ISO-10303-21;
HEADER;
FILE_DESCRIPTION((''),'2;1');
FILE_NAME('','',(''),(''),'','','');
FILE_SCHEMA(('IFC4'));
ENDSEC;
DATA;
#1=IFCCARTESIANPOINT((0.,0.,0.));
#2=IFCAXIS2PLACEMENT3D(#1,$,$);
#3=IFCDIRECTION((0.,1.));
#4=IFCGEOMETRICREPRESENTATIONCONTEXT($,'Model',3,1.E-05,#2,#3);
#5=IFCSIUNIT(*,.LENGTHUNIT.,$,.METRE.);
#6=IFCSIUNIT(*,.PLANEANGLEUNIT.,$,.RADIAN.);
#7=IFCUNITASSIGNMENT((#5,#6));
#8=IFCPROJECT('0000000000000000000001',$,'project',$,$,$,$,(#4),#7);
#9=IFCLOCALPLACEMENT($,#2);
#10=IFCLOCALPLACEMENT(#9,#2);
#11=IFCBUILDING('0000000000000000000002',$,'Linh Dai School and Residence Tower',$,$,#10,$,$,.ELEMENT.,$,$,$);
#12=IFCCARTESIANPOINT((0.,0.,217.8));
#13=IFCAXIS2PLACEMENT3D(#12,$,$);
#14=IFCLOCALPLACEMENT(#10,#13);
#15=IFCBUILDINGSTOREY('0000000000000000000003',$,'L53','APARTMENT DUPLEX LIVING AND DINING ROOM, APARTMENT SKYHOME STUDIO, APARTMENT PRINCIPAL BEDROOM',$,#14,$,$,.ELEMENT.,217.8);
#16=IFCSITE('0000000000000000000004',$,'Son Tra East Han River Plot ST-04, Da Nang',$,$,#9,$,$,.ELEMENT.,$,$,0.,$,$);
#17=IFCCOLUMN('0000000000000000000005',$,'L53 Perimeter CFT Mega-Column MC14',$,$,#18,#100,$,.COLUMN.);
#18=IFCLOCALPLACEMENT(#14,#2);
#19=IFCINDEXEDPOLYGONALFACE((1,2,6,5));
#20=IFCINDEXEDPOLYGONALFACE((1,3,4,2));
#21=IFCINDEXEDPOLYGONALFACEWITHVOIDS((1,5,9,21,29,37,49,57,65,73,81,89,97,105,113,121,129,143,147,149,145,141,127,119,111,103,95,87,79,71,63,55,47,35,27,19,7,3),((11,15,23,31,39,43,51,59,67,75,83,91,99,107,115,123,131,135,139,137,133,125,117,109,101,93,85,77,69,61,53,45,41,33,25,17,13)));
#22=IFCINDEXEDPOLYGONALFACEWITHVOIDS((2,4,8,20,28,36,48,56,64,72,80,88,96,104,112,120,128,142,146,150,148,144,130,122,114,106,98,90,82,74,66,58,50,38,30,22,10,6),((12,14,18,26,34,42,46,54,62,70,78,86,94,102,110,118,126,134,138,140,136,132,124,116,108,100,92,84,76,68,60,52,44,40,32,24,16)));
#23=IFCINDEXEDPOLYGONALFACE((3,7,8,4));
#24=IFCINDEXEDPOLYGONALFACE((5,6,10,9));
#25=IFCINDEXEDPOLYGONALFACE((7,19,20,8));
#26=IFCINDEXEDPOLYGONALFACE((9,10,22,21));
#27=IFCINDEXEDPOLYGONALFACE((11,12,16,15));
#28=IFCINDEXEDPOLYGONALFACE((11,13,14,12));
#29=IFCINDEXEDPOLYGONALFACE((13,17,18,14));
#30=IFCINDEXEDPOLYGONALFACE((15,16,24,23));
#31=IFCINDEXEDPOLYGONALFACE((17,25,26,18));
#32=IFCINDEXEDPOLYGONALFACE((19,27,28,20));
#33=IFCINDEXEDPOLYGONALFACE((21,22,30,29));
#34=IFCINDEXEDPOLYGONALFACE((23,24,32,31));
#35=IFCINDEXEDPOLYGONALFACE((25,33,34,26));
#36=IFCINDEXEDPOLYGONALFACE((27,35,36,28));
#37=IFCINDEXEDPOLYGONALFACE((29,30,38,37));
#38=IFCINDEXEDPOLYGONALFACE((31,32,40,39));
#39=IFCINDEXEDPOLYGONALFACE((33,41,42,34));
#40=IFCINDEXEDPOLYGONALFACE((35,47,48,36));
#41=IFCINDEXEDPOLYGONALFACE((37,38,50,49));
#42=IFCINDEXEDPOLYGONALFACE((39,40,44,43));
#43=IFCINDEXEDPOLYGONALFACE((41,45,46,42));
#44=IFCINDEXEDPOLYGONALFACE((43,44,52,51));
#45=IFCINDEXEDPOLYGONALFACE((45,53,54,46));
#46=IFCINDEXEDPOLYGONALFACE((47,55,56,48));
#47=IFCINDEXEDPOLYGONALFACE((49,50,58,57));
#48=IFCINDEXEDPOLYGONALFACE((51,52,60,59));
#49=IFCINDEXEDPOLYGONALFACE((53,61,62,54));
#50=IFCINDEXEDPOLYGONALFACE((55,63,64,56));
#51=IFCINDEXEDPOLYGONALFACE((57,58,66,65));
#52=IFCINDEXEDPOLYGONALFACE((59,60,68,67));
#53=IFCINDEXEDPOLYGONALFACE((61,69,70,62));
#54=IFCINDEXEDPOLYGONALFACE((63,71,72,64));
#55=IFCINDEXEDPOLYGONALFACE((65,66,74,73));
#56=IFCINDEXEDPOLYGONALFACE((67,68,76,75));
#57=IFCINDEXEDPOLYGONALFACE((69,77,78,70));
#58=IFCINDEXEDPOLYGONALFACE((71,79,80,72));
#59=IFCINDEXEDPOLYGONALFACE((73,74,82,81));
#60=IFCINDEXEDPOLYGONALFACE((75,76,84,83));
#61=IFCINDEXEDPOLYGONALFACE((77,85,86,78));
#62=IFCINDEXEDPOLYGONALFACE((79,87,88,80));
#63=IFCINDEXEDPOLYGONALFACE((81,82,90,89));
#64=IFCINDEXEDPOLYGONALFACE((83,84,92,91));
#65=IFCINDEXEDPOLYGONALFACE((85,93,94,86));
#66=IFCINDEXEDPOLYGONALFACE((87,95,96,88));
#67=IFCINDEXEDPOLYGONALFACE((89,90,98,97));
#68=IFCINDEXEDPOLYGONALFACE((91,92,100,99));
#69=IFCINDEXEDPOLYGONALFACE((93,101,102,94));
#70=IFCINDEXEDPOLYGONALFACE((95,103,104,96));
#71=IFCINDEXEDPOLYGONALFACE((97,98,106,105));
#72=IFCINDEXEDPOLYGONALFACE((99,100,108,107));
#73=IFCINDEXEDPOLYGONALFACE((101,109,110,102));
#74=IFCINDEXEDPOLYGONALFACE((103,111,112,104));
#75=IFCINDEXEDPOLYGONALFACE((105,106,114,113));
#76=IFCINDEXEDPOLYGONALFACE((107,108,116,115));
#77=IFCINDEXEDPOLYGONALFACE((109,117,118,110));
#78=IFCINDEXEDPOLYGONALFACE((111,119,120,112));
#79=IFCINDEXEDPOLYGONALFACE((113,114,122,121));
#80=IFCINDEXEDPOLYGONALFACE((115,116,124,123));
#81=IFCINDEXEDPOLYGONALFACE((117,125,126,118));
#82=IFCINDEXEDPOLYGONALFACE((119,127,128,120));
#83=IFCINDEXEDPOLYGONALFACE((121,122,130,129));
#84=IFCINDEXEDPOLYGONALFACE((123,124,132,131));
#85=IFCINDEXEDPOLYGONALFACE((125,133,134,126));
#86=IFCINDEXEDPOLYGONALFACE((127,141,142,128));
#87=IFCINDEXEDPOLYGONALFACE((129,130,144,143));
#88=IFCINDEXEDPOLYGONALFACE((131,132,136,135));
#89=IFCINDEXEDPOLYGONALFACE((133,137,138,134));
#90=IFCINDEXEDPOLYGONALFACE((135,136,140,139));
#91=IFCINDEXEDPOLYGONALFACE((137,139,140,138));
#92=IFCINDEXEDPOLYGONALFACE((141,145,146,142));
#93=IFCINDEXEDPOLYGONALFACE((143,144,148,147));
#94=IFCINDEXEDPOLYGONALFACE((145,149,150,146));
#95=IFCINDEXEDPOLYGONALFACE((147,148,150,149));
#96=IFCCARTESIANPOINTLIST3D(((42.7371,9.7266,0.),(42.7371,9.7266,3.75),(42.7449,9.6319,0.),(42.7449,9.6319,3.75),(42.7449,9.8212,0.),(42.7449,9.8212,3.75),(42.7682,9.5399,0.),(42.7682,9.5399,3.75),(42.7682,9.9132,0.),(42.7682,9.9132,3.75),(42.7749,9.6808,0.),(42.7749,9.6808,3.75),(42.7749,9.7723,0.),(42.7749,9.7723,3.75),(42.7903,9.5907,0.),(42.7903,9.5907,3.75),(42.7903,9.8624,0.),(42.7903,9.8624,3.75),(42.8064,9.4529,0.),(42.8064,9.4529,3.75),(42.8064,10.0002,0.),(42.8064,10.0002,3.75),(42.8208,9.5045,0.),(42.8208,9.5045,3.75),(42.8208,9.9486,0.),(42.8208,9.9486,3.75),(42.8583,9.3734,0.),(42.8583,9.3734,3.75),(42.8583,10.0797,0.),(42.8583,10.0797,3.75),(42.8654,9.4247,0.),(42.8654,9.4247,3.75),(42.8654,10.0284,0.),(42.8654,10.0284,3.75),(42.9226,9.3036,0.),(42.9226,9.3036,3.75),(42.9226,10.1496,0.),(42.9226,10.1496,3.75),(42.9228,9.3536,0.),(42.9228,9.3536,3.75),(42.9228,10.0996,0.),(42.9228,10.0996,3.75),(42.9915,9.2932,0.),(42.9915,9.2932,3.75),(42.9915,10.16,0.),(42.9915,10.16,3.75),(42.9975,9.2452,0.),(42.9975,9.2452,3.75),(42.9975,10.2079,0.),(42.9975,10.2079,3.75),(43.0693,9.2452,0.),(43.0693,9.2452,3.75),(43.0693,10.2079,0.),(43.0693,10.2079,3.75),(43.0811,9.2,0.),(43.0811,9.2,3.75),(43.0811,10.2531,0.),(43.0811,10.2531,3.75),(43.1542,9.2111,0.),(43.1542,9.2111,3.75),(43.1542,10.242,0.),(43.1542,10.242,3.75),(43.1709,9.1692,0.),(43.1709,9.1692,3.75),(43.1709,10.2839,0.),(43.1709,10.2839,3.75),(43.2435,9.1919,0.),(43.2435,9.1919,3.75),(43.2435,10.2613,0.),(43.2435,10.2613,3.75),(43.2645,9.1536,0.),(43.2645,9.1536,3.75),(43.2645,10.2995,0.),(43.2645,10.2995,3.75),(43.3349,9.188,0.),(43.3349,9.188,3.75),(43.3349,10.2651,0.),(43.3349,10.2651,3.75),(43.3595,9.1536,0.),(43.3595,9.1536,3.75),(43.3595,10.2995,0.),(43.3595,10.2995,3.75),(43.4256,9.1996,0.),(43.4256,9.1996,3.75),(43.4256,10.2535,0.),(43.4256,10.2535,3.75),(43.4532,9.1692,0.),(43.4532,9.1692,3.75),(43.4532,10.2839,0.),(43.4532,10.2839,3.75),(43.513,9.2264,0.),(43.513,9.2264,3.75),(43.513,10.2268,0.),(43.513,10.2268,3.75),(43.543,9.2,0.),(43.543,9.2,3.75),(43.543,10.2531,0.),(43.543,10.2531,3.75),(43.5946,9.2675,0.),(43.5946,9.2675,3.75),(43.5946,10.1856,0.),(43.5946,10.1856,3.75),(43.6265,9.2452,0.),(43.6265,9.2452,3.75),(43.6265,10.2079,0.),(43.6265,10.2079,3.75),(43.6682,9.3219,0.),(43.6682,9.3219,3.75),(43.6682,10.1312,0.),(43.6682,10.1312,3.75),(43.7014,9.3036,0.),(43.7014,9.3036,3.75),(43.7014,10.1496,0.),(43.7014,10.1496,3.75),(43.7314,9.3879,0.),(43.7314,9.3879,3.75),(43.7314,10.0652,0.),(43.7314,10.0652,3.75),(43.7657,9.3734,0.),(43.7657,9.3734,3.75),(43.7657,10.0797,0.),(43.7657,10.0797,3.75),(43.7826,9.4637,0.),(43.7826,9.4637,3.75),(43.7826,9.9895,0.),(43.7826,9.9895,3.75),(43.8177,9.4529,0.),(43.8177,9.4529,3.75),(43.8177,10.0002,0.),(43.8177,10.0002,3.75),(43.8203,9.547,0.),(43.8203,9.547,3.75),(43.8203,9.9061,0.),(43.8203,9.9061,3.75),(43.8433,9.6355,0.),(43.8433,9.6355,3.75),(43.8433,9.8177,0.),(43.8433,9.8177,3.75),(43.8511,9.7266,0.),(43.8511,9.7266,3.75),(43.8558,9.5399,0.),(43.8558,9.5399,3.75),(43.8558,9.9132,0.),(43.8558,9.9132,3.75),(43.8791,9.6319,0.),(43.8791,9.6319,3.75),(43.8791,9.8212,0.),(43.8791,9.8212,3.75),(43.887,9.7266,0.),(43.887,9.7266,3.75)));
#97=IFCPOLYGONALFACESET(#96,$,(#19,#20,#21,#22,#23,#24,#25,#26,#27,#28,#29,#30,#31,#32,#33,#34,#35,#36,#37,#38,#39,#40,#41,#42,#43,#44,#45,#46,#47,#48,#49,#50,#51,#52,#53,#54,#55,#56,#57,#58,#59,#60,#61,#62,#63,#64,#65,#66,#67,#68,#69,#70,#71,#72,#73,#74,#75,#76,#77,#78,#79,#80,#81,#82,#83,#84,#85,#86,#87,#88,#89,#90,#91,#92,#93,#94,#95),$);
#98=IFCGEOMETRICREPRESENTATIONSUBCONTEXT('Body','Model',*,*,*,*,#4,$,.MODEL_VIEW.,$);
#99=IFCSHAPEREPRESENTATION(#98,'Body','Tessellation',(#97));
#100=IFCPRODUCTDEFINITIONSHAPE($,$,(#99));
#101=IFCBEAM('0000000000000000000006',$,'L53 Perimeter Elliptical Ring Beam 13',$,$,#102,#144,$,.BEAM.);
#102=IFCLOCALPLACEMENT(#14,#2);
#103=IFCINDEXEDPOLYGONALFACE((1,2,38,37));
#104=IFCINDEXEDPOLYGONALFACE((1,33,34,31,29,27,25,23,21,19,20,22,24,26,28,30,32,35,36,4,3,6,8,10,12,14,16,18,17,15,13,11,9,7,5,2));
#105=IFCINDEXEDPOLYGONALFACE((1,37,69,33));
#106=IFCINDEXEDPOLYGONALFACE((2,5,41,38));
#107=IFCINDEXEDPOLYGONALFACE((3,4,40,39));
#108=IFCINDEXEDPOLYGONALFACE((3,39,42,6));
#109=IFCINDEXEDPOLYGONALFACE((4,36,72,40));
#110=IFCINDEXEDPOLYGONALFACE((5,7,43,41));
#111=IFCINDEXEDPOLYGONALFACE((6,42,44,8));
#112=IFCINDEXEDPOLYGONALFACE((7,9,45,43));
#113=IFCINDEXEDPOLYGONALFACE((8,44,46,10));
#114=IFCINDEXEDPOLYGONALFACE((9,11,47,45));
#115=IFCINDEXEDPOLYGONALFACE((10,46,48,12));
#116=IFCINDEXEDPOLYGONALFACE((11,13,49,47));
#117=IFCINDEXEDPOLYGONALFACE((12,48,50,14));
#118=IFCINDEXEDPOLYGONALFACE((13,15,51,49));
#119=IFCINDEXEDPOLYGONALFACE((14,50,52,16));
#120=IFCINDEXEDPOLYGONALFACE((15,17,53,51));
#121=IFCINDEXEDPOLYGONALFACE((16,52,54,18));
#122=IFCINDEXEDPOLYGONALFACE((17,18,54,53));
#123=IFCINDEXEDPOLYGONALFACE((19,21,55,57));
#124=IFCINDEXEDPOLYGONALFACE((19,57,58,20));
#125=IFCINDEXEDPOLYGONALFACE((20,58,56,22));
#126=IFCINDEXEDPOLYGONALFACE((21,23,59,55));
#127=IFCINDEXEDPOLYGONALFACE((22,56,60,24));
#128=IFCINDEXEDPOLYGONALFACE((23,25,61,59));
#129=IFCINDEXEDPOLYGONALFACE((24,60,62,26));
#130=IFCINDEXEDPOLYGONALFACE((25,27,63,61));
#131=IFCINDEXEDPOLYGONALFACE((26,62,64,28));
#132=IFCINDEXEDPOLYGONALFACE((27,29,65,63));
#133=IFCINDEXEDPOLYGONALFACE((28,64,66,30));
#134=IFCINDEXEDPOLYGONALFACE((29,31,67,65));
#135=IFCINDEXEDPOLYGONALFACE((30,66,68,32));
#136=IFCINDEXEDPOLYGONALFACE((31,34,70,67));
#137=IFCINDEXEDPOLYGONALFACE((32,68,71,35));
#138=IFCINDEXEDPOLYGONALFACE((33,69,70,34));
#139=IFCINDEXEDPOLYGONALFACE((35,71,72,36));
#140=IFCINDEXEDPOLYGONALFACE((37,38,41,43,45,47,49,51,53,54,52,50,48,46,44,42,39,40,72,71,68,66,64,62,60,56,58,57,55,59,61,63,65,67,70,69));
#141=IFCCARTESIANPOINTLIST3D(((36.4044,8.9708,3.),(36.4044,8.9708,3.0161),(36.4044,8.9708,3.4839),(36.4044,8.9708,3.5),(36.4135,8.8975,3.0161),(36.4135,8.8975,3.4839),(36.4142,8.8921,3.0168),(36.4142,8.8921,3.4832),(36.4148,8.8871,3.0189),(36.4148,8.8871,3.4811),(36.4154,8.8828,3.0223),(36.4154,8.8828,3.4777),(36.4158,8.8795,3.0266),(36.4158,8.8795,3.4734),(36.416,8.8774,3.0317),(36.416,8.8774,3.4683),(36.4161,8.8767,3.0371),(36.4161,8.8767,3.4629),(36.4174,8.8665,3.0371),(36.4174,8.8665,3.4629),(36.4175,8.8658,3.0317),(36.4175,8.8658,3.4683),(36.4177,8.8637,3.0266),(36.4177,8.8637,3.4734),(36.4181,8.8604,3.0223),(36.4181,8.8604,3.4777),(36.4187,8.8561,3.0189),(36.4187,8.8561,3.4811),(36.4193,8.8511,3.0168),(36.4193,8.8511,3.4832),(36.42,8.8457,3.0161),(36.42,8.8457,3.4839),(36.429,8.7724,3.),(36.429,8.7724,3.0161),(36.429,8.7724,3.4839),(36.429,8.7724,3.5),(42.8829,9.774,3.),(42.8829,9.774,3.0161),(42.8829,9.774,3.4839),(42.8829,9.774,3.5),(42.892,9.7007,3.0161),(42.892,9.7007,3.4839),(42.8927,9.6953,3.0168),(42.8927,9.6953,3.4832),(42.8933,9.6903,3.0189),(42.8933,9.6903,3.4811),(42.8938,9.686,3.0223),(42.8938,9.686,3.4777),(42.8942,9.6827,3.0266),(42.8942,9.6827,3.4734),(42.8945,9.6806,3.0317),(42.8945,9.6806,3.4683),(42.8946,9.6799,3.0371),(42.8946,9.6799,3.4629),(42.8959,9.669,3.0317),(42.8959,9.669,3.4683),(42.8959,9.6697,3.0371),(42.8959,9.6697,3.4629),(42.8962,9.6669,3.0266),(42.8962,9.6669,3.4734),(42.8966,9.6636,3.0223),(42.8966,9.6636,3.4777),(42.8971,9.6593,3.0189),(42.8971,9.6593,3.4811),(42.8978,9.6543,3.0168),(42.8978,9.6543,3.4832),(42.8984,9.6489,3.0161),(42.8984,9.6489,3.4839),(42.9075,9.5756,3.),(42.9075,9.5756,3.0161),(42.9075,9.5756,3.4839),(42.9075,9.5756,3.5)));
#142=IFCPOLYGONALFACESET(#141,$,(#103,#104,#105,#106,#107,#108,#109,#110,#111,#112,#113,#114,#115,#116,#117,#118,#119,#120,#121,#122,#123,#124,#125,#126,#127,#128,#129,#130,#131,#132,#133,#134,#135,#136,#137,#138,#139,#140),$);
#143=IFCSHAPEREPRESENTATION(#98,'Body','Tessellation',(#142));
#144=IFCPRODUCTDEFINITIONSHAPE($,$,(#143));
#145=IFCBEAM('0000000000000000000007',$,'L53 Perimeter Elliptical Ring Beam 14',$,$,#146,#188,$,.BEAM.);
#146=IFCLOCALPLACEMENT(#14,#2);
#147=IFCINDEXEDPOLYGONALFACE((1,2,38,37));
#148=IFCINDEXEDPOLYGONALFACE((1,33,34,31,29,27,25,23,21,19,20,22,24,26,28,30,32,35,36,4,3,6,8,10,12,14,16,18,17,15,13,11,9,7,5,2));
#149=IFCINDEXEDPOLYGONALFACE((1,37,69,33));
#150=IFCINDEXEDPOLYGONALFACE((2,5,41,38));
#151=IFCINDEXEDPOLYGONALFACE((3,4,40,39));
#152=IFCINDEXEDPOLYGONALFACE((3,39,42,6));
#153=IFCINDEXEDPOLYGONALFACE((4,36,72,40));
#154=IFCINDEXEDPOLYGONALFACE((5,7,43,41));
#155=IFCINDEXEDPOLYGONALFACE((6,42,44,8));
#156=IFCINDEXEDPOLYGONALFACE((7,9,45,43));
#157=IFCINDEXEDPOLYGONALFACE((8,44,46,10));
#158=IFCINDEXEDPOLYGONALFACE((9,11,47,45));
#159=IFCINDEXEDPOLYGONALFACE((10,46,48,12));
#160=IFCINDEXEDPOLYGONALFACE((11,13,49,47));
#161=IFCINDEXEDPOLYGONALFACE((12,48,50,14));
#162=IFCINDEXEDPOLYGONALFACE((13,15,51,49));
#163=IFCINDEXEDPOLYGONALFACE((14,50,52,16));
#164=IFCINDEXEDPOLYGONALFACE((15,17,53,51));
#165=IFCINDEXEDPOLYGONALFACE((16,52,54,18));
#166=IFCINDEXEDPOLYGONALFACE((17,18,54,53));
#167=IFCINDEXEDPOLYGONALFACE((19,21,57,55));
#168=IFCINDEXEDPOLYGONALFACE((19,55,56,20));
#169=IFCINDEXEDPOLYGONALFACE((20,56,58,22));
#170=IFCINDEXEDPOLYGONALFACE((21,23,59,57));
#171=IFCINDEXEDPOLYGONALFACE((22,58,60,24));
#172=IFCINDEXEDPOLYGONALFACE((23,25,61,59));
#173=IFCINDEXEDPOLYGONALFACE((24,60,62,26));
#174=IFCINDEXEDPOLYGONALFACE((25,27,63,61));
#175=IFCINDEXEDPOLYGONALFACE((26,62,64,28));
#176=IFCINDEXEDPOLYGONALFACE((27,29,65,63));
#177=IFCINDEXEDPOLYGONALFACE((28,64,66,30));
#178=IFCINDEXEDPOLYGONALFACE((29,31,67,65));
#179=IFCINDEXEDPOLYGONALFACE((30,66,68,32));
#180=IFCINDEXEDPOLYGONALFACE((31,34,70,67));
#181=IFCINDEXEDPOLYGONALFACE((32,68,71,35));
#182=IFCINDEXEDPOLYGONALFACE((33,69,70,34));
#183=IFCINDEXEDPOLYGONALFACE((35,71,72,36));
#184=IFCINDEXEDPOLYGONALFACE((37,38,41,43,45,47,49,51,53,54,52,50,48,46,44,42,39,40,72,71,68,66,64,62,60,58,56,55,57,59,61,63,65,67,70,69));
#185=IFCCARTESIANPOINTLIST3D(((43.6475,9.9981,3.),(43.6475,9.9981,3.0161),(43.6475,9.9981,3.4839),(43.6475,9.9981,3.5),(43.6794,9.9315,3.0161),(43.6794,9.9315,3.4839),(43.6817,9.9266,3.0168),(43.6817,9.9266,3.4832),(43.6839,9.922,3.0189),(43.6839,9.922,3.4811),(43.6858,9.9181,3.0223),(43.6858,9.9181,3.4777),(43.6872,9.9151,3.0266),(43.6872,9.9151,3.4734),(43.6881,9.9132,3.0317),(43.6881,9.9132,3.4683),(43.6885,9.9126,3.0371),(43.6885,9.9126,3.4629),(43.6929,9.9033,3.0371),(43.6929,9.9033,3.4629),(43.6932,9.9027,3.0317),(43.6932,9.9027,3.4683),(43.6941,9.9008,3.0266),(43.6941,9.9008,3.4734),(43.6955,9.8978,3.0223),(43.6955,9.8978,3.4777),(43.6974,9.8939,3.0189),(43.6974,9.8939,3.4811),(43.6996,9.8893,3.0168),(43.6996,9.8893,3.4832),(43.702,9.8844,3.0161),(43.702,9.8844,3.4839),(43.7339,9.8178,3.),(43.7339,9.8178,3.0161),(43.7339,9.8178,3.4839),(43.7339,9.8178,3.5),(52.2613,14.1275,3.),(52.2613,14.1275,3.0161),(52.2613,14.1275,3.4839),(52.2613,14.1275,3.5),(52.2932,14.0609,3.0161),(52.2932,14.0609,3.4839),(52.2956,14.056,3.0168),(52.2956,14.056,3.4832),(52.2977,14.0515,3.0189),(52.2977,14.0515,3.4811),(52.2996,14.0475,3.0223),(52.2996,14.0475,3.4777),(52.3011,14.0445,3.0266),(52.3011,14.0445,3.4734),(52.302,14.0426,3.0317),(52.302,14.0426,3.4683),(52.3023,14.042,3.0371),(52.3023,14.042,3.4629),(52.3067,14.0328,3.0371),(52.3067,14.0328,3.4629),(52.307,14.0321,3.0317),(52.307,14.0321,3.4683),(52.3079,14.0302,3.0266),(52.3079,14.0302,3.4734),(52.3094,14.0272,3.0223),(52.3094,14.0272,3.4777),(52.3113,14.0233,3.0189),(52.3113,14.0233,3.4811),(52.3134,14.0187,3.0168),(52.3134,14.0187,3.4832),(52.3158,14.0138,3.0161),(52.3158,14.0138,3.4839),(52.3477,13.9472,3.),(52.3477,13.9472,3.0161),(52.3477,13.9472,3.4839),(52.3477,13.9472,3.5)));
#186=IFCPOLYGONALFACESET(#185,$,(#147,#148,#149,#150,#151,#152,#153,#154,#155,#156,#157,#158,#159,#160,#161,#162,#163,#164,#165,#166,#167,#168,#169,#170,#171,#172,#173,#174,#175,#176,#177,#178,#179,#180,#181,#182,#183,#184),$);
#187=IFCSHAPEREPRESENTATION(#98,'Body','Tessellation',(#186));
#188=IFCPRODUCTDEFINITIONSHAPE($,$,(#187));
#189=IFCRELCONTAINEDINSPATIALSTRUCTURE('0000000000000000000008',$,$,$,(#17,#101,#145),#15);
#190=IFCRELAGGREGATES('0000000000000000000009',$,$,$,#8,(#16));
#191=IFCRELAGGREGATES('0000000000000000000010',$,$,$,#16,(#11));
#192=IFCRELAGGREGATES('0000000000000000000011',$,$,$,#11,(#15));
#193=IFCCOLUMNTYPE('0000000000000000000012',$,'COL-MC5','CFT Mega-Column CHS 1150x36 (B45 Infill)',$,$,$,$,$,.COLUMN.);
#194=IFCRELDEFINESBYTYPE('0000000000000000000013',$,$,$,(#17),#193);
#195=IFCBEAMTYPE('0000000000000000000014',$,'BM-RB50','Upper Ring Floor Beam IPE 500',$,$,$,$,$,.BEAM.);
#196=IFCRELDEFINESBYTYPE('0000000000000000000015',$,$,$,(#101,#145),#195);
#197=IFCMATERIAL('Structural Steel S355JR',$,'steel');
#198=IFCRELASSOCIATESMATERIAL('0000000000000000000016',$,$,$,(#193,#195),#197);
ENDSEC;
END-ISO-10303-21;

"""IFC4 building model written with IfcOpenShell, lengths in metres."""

from ifc_helpers import new_model, si_unit, direction, frame, origin, origin_2d, place, context, subcontext, project, spatial, hollow_circle, i_section, extrude, material, material_profile, profile_set, type_object, element, save


model = new_model("IFC4")

# Units and contexts
model_context = context("Model", 3, precision=1e-05, world=origin(), true_north=direction((0.0, 1.0)))
body_context = subcontext(model_context, "Body", "Model", "MODEL_VIEW")
ifc_project = project(units=[si_unit("LENGTHUNIT", "METRE"), si_unit("PLANEANGLEUNIT", "RADIAN")], contexts=[model_context])

# Site, building, storey
site_placement = place(None, origin())
site = spatial("IfcSite", under=ifc_project, at=site_placement, Name="Son Tra East Han River Plot ST-04, Da Nang", CompositionType="ELEMENT", RefElevation=0.0)
building_placement = place(site_placement, origin())
building = spatial("IfcBuilding", under=site, at=building_placement, Name="Linh Dai School and Residence Tower", CompositionType="ELEMENT")
storey_placement = place(building_placement, frame((0.0, 0.0, 217.8)))
storey = spatial("IfcBuildingStorey", under=building, at=storey_placement, Name="L53", Description="APARTMENT DUPLEX LIVING AND DINING ROOM, APARTMENT SKYHOME STUDIO, APARTMENT PRINCIPAL BEDROOM", CompositionType="ELEMENT", Elevation=217.8)

# Column
ifc_material_1 = material(Name="Structural Steel S355JR", Category="steel")
ifc_material_profile_1 = material_profile(ifc_material_1, hollow_circle(Radius=0.575, WallThickness=0.0359, at=origin_2d()), Name="CHS 1150x36")
ifc_profile_set_1 = profile_set([ifc_material_profile_1], Name="Structural Steel S355JR")
column_type_1 = type_object("IfcColumnType", Name="COL-MC5", Description="CFT Mega-Column CHS 1150x36 (B45 Infill)", PredefinedType="COLUMN", material=ifc_profile_set_1)
for number, where, z_axis, x_axis, name in (
    (1, (43.312, 9.7266, 0.0), (0.0, 0.0, 1.0), (1.0, 0.0, 0.0), "L53 Perimeter CFT Mega-Column MC14"),
):
    element("IfcColumn", number, at=place(storey_placement, frame(where, z_axis=z_axis, x_axis=x_axis)), inside=storey, type_object=column_type_1, Name=name, PredefinedType="COLUMN", context=body_context, shape_type="SweptSolid", body=[
        extrude(hollow_circle(Radius=0.575, WallThickness=0.0359, at=origin_2d()), origin(), (0.0, 0.0, 1.0), 3.75),
    ])

# Beams
ifc_material_profile_2 = material_profile(ifc_material_1, i_section(OverallWidth=0.2, OverallDepth=0.5, WebThickness=0.0103, FlangeThickness=0.0161, FilletRadius=0.021, at=origin_2d()), Name="IPE 500")
ifc_profile_set_2 = profile_set([ifc_material_profile_2], Name="Structural Steel S355JR")
beam_type_1 = type_object("IfcBeamType", Name="BM-RB50", Description="Upper Ring Floor Beam IPE 500", PredefinedType="BEAM", material=ifc_profile_set_2)
beam_1_placement = place(storey_placement, frame((36.4167, 8.8716, 3.25), z_axis=(0.992402, 0.12304, 0.0), x_axis=(-0.12304, 0.992402, 0.0)))
element("IfcBeam", 2, at=beam_1_placement, inside=storey, type_object=beam_type_1, Name="L53 Perimeter Elliptical Ring Beam 13", PredefinedType="BEAM", context=body_context, shape_type="SweptSolid", body=[
    extrude(i_section(OverallWidth=0.2, OverallDepth=0.5, WebThickness=0.0103, FlangeThickness=0.0161, FilletRadius=0.021, at=origin_2d()), origin(), (0.0, 0.0, 1.0), 6.5281),
])
beam_2_placement = place(storey_placement, frame((43.6907, 9.908, 3.25), z_axis=(0.901736, 0.432287, 0.0), x_axis=(-0.432287, 0.901736, 0.0)))
element("IfcBeam", 3, at=beam_2_placement, inside=storey, type_object=beam_type_1, Name="L53 Perimeter Elliptical Ring Beam 14", PredefinedType="BEAM", context=body_context, shape_type="SweptSolid", body=[
    extrude(i_section(OverallWidth=0.2, OverallDepth=0.5, WebThickness=0.0103, FlangeThickness=0.0161, FilletRadius=0.021, at=origin_2d()), origin(), (0.0, 0.0, 1.0), 9.5525),
])

save(model, "model.ifc")
